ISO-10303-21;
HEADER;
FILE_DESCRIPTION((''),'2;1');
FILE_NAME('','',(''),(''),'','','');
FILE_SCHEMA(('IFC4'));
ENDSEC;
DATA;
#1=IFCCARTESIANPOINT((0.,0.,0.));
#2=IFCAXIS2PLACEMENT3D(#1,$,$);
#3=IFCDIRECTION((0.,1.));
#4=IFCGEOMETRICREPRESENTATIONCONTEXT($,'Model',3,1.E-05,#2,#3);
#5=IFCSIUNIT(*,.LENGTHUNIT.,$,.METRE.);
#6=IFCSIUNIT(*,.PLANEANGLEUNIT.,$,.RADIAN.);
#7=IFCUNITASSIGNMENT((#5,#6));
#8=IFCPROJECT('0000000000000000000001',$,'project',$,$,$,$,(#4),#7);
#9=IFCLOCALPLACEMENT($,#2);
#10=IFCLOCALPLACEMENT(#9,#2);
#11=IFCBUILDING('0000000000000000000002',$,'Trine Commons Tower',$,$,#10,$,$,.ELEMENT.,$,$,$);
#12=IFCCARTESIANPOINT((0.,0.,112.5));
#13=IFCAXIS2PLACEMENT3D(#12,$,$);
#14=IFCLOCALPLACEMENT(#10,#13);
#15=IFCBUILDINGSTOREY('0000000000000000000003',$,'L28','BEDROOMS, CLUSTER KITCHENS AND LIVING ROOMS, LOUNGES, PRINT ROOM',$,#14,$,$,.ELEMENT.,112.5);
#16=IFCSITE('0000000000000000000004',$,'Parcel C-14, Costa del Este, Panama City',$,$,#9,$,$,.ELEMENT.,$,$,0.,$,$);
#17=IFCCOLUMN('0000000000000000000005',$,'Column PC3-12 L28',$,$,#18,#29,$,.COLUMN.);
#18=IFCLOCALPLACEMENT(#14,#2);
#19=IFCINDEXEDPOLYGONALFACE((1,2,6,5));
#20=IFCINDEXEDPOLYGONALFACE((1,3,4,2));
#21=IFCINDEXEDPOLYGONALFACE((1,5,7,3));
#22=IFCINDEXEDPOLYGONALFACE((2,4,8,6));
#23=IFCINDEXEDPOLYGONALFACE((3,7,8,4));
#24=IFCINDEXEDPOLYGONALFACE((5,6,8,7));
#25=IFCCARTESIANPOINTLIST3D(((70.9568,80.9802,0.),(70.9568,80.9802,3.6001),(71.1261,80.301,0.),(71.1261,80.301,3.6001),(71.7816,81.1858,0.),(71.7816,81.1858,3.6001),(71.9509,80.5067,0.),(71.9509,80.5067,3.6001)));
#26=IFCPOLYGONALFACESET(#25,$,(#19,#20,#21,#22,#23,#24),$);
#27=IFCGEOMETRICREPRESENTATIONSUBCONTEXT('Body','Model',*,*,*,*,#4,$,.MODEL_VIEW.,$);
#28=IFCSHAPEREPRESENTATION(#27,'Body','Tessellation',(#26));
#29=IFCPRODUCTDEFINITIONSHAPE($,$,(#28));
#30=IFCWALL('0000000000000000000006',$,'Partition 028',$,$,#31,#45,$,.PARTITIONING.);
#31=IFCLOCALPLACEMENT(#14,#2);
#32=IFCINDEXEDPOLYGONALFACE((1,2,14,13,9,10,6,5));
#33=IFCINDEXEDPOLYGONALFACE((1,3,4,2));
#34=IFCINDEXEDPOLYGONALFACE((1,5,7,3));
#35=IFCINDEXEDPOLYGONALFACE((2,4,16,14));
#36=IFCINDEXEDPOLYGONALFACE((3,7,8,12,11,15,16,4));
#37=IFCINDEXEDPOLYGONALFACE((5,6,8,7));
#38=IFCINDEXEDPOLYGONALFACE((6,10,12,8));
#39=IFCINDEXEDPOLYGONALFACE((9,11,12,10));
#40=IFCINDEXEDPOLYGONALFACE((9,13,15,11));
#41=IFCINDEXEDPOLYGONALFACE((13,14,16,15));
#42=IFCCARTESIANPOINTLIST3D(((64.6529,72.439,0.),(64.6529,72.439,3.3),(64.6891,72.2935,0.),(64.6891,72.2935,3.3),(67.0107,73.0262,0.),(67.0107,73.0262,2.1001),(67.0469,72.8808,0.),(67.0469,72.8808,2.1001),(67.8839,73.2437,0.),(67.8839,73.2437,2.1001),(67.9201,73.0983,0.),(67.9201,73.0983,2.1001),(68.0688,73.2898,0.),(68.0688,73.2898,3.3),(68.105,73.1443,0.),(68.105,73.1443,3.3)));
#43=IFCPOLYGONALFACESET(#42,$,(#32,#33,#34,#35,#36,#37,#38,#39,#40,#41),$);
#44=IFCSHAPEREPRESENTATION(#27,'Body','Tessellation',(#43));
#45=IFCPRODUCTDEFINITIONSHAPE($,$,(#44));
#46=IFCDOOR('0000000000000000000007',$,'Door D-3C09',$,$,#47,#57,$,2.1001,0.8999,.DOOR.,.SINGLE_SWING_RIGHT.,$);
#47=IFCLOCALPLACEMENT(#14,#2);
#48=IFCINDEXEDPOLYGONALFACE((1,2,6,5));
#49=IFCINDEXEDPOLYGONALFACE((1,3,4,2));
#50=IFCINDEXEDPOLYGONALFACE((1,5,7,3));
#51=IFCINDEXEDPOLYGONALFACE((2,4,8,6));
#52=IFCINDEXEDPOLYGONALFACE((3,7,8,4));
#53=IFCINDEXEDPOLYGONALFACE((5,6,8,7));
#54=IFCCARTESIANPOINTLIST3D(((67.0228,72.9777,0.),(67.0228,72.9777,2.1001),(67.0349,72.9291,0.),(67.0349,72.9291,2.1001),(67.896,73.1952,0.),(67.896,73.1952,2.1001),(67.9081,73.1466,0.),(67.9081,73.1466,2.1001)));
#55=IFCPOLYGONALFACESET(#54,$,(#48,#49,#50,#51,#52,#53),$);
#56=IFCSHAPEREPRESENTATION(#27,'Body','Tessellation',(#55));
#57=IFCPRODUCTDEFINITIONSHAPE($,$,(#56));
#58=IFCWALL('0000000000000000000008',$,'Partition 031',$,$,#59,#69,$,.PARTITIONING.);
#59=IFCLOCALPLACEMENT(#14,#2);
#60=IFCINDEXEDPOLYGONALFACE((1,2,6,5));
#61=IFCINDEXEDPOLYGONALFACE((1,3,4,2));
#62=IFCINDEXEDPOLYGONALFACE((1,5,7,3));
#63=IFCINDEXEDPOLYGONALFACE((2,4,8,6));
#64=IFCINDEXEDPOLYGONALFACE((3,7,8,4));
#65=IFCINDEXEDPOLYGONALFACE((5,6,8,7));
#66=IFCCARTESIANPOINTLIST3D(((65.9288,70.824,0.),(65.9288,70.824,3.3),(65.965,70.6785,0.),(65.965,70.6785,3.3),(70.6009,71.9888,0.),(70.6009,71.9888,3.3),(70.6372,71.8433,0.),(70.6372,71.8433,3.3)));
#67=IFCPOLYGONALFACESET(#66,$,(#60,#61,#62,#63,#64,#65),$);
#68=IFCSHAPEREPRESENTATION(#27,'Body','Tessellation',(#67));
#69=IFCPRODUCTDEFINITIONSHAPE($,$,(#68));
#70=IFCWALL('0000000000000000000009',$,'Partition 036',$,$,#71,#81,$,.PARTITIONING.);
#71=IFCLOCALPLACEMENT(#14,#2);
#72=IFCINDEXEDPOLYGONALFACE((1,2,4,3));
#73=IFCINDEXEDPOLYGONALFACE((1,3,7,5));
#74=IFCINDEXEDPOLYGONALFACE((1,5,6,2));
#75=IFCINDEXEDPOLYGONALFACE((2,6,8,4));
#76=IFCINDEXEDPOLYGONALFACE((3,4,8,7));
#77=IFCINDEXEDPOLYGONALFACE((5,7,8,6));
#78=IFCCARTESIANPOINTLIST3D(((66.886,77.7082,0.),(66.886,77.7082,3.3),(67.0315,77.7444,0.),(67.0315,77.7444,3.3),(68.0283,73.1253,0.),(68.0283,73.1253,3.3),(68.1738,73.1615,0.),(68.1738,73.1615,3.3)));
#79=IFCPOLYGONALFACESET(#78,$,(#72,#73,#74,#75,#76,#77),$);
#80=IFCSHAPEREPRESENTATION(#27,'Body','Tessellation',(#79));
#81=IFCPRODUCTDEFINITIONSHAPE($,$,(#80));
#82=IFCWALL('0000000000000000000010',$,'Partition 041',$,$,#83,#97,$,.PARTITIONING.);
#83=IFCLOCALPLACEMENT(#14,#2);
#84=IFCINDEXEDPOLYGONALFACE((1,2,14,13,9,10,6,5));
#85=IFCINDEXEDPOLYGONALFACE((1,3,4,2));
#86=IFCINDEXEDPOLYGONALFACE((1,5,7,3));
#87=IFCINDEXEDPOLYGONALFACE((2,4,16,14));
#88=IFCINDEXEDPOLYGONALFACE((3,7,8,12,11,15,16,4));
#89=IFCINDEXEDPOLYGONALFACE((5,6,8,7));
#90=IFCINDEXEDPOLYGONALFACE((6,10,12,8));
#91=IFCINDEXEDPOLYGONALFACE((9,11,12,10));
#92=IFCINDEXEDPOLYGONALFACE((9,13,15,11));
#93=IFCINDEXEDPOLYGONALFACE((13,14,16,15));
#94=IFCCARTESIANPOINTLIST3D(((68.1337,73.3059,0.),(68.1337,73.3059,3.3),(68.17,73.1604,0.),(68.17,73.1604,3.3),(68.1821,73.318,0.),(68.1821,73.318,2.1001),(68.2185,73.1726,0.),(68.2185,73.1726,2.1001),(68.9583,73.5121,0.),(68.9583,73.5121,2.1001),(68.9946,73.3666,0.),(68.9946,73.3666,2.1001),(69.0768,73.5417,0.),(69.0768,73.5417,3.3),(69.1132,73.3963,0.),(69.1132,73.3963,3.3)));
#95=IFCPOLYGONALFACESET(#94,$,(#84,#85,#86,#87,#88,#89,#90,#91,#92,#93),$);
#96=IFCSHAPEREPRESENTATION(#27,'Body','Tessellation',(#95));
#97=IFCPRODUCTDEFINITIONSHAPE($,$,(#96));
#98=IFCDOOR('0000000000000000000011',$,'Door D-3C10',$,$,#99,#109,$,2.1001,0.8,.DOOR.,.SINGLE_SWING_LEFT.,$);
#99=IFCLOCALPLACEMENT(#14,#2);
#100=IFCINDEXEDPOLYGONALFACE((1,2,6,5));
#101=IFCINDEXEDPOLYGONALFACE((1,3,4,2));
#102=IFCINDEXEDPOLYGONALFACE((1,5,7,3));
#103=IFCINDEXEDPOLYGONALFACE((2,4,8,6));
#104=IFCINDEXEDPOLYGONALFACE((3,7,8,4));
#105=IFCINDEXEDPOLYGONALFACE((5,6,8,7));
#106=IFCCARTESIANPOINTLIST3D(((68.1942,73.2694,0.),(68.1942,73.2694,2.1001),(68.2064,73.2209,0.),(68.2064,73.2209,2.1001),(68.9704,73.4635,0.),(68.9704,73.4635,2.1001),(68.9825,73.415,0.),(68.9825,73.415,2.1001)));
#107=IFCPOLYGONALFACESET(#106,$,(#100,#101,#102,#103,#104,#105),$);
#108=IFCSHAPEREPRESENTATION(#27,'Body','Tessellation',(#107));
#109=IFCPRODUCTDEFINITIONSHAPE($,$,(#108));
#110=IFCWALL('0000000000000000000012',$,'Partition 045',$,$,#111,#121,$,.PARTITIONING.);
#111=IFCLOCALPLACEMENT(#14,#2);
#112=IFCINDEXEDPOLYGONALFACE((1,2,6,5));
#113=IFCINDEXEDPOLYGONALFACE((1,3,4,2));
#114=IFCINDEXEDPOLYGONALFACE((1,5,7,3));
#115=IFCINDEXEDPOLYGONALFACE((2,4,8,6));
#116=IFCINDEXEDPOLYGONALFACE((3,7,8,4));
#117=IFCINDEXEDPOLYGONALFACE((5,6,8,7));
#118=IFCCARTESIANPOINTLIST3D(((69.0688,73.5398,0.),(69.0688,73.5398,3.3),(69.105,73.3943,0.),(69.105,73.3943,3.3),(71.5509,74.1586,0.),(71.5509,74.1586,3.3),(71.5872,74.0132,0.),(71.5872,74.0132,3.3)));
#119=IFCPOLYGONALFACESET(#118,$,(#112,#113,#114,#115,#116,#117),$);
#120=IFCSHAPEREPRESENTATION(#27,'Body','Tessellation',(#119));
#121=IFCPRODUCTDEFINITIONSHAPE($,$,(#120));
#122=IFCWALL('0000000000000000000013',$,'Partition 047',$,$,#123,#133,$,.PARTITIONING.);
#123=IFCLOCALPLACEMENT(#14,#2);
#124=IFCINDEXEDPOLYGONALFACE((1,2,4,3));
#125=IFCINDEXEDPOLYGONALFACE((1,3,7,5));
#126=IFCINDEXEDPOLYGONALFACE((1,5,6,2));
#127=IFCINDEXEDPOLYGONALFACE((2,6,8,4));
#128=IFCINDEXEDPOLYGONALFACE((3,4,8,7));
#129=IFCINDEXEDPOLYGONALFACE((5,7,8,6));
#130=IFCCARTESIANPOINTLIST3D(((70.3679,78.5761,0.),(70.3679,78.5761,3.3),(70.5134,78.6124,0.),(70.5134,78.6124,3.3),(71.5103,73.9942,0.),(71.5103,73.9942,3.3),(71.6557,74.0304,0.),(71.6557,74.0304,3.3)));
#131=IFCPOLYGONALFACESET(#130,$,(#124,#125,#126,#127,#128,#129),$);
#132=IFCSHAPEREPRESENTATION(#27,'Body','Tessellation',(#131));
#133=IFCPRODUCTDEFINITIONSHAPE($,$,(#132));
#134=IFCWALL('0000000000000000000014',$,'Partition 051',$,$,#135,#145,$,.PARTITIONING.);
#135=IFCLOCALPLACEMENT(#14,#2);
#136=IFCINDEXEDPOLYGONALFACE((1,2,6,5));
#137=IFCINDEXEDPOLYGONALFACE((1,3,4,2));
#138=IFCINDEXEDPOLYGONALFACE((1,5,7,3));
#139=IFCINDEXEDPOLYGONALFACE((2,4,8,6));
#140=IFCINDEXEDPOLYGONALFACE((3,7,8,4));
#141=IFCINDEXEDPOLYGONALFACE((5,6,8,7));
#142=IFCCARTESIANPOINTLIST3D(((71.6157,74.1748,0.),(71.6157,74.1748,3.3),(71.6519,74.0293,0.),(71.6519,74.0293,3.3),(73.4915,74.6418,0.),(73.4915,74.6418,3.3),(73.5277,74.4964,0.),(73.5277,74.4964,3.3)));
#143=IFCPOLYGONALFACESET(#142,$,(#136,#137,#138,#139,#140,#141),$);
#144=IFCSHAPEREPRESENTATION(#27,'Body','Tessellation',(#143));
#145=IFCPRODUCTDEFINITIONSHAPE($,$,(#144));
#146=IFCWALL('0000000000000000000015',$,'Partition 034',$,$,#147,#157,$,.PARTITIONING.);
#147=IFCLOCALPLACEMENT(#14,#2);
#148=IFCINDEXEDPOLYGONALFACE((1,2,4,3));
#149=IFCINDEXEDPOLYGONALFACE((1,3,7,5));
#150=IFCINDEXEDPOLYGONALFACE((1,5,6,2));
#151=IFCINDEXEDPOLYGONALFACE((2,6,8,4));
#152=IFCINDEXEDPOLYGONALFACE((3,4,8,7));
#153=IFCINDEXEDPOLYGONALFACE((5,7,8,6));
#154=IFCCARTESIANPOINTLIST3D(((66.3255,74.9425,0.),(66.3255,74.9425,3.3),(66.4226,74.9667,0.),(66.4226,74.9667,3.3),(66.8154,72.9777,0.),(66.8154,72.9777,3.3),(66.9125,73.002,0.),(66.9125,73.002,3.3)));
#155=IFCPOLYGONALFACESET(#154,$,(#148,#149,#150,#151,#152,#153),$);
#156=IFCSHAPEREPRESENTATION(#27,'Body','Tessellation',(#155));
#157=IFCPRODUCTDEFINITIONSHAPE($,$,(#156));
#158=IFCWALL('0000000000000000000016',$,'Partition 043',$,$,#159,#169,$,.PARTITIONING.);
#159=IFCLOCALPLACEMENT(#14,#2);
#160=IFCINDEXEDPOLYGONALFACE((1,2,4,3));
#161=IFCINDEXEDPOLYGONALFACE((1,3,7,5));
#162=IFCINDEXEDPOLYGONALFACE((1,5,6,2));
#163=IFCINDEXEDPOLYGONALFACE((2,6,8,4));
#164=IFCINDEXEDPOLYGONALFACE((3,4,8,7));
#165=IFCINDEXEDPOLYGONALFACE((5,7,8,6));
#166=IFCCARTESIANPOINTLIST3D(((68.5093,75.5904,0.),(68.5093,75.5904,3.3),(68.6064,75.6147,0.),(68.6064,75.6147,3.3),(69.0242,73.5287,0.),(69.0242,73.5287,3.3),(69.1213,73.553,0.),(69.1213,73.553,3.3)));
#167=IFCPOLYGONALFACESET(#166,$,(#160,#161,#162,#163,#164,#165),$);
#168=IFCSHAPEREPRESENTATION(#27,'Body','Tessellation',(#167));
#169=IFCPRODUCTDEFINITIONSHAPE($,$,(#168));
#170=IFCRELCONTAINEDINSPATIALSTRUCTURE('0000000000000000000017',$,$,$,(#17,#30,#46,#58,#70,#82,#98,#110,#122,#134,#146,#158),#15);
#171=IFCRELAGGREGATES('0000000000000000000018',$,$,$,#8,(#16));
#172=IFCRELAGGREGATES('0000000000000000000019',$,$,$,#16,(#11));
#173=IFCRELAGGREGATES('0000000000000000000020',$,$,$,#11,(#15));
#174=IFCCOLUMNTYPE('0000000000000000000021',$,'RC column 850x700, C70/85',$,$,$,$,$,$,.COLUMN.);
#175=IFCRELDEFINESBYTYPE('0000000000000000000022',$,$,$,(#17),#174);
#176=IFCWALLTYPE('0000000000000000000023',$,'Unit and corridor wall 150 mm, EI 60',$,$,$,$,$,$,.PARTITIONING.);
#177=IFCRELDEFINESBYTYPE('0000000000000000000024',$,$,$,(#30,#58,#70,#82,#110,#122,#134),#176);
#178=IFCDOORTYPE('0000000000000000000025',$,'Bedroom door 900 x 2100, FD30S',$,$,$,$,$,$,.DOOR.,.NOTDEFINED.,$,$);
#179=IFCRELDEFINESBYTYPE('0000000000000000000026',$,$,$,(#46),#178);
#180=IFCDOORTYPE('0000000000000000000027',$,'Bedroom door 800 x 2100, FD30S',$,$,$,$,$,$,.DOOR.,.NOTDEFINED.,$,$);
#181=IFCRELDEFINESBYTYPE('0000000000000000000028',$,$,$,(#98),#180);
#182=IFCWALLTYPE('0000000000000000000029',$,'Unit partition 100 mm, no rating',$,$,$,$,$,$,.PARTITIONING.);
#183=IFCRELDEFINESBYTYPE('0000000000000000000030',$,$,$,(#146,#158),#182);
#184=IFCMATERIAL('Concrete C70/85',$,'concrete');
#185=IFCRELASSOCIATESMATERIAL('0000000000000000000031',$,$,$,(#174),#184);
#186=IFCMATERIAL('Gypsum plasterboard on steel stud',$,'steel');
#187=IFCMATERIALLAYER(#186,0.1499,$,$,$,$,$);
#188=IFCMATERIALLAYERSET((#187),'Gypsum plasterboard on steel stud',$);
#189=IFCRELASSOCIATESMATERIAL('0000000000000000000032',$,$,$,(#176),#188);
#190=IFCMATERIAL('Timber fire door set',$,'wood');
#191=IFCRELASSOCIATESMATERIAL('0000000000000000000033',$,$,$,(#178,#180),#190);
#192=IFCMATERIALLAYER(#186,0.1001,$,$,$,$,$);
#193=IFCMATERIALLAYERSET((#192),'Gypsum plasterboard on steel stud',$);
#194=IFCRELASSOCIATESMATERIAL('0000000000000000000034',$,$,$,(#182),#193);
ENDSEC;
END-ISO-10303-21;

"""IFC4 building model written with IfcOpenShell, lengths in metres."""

from ifc_helpers import new_model, si_unit, direction, frame, frame_2d, origin, origin_2d, place, context, subcontext, project, spatial, rectangle, extrude, material, layer, layer_set, material_profile, profile_set, type_object, element, fill, save


model = new_model("IFC4")

# Units and contexts
model_context = context("Model", 3, precision=1e-05, world=origin(), true_north=direction((0.0, 1.0)))
body_context = subcontext(model_context, "Body", "Model", "MODEL_VIEW")
ifc_project = project(units=[si_unit("LENGTHUNIT", "METRE"), si_unit("PLANEANGLEUNIT", "RADIAN")], contexts=[model_context])

# Site, building, storey
site_placement = place(None, origin())
site = spatial("IfcSite", under=ifc_project, at=site_placement, Name="Parcel C-14, Costa del Este, Panama City", CompositionType="ELEMENT", RefElevation=0.0)
building_placement = place(site_placement, origin())
building = spatial("IfcBuilding", under=site, at=building_placement, Name="Trine Commons Tower", CompositionType="ELEMENT")
storey_placement = place(building_placement, frame((0.0, 0.0, 112.5)))
storey = spatial("IfcBuildingStorey", under=building, at=storey_placement, Name="L28", Description="BEDROOMS, CLUSTER KITCHENS AND LIVING ROOMS, LOUNGES, PRINT ROOM", CompositionType="ELEMENT", Elevation=112.5)

# Column
ifc_material_1 = material(Name="Concrete C70/85", Category="concrete")
ifc_material_profile = material_profile(ifc_material_1, rectangle(XDim=0.8501, YDim=0.7, at=origin_2d()), Name="RC 850x700")
ifc_profile_set = profile_set([ifc_material_profile], Name="Concrete C70/85")
column_type = type_object("IfcColumnType", Name="RC column 850x700, C70/85", PredefinedType="COLUMN", material=ifc_profile_set)
column_placement = place(storey_placement, frame((71.4539, 80.7434, 0.0), z_axis=(0.0, 0.0, 1.0), x_axis=(0.970296, 0.241922, 0.0)))
element("IfcColumn", 1, at=column_placement, inside=storey, type_object=column_type, Name="Column PC3-12 L28", PredefinedType="COLUMN", context=body_context, shape_type="SweptSolid", body=[
    extrude(rectangle(XDim=0.8501, YDim=0.7, at=origin_2d()), origin(), (0.0, 0.0, 1.0), 3.6001),
])

# Wall, opening, door
ifc_material_2 = material(Name="Gypsum plasterboard on steel stud", Category="steel")
ifc_layer_1 = layer(ifc_material_2, 0.1499)
ifc_layer_set_1 = layer_set([ifc_layer_1], Name="Gypsum plasterboard on steel stud")
wall_type_1 = type_object("IfcWallType", Name="Unit and corridor wall 150 mm, EI 60", PredefinedType="PARTITIONING", material=ifc_layer_set_1)
wall_1_placement = place(storey_placement, frame((64.6709, 72.3662, 0.0), z_axis=(0.0, 0.0, 1.0), x_axis=(0.970354, 0.241687, 0.0)))
wall_1 = element("IfcWall", 2, at=wall_1_placement, inside=storey, type_object=wall_type_1, Name="Partition 028", PredefinedType="PARTITIONING", context=body_context, shape_type="SweptSolid", body=[
    extrude(rectangle(XDim=3.5203, YDim=0.1499, at=frame_2d((1.7603, 0.0))), origin(), (0.0, 0.0, 1.0), 3.3),
])
opening_1_placement = place(wall_1_placement, frame((2.4299, 0.0, 0.0)))
opening_1 = element("IfcOpeningElement", 3, at=opening_1_placement, cuts=wall_1, PredefinedType="OPENING", context=body_context, shape_type="SweptSolid", body=[
    extrude(rectangle(XDim=0.8999, YDim=2.1001, at=frame_2d((0.45, 1.05))), frame((0.0, 0.085, 0.0), z_axis=(0.0, -1.0, 0.0), x_axis=(1.0, 0.0, 0.0)), (0.0, 0.0, 1.0), 0.1699),
])
ifc_material_3 = material(Name="Timber fire door set", Category="wood")
door_type_1 = type_object("IfcDoorType", Name="Bedroom door 900 x 2100, FD30S", OperationType="NOTDEFINED", PredefinedType="DOOR", material=ifc_material_3)
door_1_placement = place(opening_1_placement, origin())
door_1 = element("IfcDoor", 4, at=door_1_placement, inside=storey, type_object=door_type_1, Name="Door D-3C09", OperationType="SINGLE_SWING_RIGHT", OverallHeight=2.1001, OverallWidth=0.8999, PredefinedType="DOOR", context=body_context, shape_type="SweptSolid", body=[
    extrude(rectangle(XDim=0.8999, YDim=2.1001, at=frame_2d((0.45, 1.05))), frame((0.0, 0.0249, 0.0), z_axis=(0.0, -1.0, 0.0), x_axis=(1.0, 0.0, 0.0)), (0.0, 0.0, 1.0), 0.05),
])
fill(opening_1, door_1)

# Walls
wall_2_placement = place(storey_placement, frame((65.9468, 70.7512, 0.0), z_axis=(0.0, 0.0, 1.0), x_axis=(0.9703, 0.241903, 0.0)))
element("IfcWall", 5, at=wall_2_placement, inside=storey, type_object=wall_type_1, Name="Partition 031", PredefinedType="PARTITIONING", context=body_context, shape_type="SweptSolid", body=[
    extrude(rectangle(XDim=4.8152, YDim=0.1499, at=frame_2d((2.4077, 0.0))), origin(), (0.0, 0.0, 1.0), 3.3),
])
wall_3_placement = place(storey_placement, frame((66.9587, 77.7263, 0.0), z_axis=(0.0, 0.0, 1.0), x_axis=(0.241854, -0.970313, 0.0)))
element("IfcWall", 6, at=wall_3_placement, inside=storey, type_object=wall_type_1, Name="Partition 036", PredefinedType="PARTITIONING", context=body_context, shape_type="SweptSolid", body=[
    extrude(rectangle(XDim=4.7231, YDim=0.1499, at=frame_2d((2.3616, 0.0))), origin(), (0.0, 0.0, 1.0), 3.3),
])

# Wall, opening, door
wall_4_placement = place(storey_placement, frame((68.1519, 73.2332, 0.0), z_axis=(0.0, 0.0, 1.0), x_axis=(0.970128, 0.242595, 0.0)))
wall_4 = element("IfcWall", 7, at=wall_4_placement, inside=storey, type_object=wall_type_1, Name="Partition 041", PredefinedType="PARTITIONING", context=body_context, shape_type="SweptSolid", body=[
    extrude(rectangle(XDim=0.9722, YDim=0.1499, at=frame_2d((0.4861, 0.0))), origin(), (0.0, 0.0, 1.0), 3.3),
])
opening_2_placement = place(wall_4_placement, frame((0.05, 0.0, 0.0)))
opening_2 = element("IfcOpeningElement", 8, at=opening_2_placement, cuts=wall_4, PredefinedType="OPENING", context=body_context, shape_type="SweptSolid", body=[
    extrude(rectangle(XDim=0.8, YDim=2.1001, at=frame_2d((0.3999, 1.05))), frame((0.0, 0.085, 0.0), z_axis=(0.0, -1.0, 0.0), x_axis=(1.0, 0.0, 0.0)), (0.0, 0.0, 1.0), 0.1699),
])
door_type_2 = type_object("IfcDoorType", Name="Bedroom door 800 x 2100, FD30S", OperationType="NOTDEFINED", PredefinedType="DOOR", material=ifc_material_3)
door_2_placement = place(opening_2_placement, origin())
door_2 = element("IfcDoor", 9, at=door_2_placement, inside=storey, type_object=door_type_2, Name="Door D-3C10", OperationType="SINGLE_SWING_LEFT", OverallHeight=2.1001, OverallWidth=0.8, PredefinedType="DOOR", context=body_context, shape_type="SweptSolid", body=[
    extrude(rectangle(XDim=0.8, YDim=2.1001, at=frame_2d((0.3999, 1.05))), frame((0.0, 0.0249, 0.0), z_axis=(0.0, -1.0, 0.0), x_axis=(1.0, 0.0, 0.0)), (0.0, 0.0, 1.0), 0.05),
])
fill(opening_2, door_2)

# Walls
wall_5_placement = place(storey_placement, frame((69.0869, 73.467, 0.0), z_axis=(0.0, 0.0, 1.0), x_axis=(0.970294, 0.241929, 0.0)))
element("IfcWall", 10, at=wall_5_placement, inside=storey, type_object=wall_type_1, Name="Partition 045", PredefinedType="PARTITIONING", context=body_context, shape_type="SweptSolid", body=[
    extrude(rectangle(XDim=2.5581, YDim=0.1499, at=frame_2d((1.2791, 0.0))), origin(), (0.0, 0.0, 1.0), 3.3),
])
wall_6_placement = place(storey_placement, frame((70.4407, 78.5942, 0.0), z_axis=(0.0, 0.0, 1.0), x_axis=(0.241903, -0.9703, 0.0)))
element("IfcWall", 11, at=wall_6_placement, inside=storey, type_object=wall_type_1, Name="Partition 047", PredefinedType="PARTITIONING", context=body_context, shape_type="SweptSolid", body=[
    extrude(rectangle(XDim=4.7222, YDim=0.1499, at=frame_2d((2.3611, 0.0))), origin(), (0.0, 0.0, 1.0), 3.3),
])
wall_7_placement = place(storey_placement, frame((71.6338, 74.1021, 0.0), z_axis=(0.0, 0.0, 1.0), x_axis=(0.970372, 0.241614, 0.0)))
element("IfcWall", 12, at=wall_7_placement, inside=storey, type_object=wall_type_1, Name="Partition 051", PredefinedType="PARTITIONING", context=body_context, shape_type="SweptSolid", body=[
    extrude(rectangle(XDim=1.9331, YDim=0.1499, at=frame_2d((0.9666, 0.0))), origin(), (0.0, 0.0, 1.0), 3.3),
])
ifc_layer_2 = layer(ifc_material_2, 0.1001)
ifc_layer_set_2 = layer_set([ifc_layer_2], Name="Gypsum plasterboard on steel stud")
wall_type_2 = type_object("IfcWallType", Name="Unit partition 100 mm, no rating", PredefinedType="PARTITIONING", material=ifc_layer_set_2)
wall_8_placement = place(storey_placement, frame((66.374, 74.9546, 0.0), z_axis=(0.0, 0.0, 1.0), x_axis=(0.241968, -0.970284, 0.0)))
element("IfcWall", 13, at=wall_8_placement, inside=storey, type_object=wall_type_2, Name="Partition 034", PredefinedType="PARTITIONING", context=body_context, shape_type="SweptSolid", body=[
    extrude(rectangle(XDim=2.0249, YDim=0.1001, at=frame_2d((1.0125, 0.0))), origin(), (0.0, 0.0, 1.0), 3.3),
])
wall_9_placement = place(storey_placement, frame((68.5579, 75.6025, 0.0), z_axis=(0.0, 0.0, 1.0), x_axis=(0.242292, -0.970203, 0.0)))
element("IfcWall", 14, at=wall_9_placement, inside=storey, type_object=wall_type_2, Name="Partition 043", PredefinedType="PARTITIONING", context=body_context, shape_type="SweptSolid", body=[
    extrude(rectangle(XDim=2.125, YDim=0.1001, at=frame_2d((1.0625, 0.0))), origin(), (0.0, 0.0, 1.0), 3.3),
])

save(model, "model.ifc")
